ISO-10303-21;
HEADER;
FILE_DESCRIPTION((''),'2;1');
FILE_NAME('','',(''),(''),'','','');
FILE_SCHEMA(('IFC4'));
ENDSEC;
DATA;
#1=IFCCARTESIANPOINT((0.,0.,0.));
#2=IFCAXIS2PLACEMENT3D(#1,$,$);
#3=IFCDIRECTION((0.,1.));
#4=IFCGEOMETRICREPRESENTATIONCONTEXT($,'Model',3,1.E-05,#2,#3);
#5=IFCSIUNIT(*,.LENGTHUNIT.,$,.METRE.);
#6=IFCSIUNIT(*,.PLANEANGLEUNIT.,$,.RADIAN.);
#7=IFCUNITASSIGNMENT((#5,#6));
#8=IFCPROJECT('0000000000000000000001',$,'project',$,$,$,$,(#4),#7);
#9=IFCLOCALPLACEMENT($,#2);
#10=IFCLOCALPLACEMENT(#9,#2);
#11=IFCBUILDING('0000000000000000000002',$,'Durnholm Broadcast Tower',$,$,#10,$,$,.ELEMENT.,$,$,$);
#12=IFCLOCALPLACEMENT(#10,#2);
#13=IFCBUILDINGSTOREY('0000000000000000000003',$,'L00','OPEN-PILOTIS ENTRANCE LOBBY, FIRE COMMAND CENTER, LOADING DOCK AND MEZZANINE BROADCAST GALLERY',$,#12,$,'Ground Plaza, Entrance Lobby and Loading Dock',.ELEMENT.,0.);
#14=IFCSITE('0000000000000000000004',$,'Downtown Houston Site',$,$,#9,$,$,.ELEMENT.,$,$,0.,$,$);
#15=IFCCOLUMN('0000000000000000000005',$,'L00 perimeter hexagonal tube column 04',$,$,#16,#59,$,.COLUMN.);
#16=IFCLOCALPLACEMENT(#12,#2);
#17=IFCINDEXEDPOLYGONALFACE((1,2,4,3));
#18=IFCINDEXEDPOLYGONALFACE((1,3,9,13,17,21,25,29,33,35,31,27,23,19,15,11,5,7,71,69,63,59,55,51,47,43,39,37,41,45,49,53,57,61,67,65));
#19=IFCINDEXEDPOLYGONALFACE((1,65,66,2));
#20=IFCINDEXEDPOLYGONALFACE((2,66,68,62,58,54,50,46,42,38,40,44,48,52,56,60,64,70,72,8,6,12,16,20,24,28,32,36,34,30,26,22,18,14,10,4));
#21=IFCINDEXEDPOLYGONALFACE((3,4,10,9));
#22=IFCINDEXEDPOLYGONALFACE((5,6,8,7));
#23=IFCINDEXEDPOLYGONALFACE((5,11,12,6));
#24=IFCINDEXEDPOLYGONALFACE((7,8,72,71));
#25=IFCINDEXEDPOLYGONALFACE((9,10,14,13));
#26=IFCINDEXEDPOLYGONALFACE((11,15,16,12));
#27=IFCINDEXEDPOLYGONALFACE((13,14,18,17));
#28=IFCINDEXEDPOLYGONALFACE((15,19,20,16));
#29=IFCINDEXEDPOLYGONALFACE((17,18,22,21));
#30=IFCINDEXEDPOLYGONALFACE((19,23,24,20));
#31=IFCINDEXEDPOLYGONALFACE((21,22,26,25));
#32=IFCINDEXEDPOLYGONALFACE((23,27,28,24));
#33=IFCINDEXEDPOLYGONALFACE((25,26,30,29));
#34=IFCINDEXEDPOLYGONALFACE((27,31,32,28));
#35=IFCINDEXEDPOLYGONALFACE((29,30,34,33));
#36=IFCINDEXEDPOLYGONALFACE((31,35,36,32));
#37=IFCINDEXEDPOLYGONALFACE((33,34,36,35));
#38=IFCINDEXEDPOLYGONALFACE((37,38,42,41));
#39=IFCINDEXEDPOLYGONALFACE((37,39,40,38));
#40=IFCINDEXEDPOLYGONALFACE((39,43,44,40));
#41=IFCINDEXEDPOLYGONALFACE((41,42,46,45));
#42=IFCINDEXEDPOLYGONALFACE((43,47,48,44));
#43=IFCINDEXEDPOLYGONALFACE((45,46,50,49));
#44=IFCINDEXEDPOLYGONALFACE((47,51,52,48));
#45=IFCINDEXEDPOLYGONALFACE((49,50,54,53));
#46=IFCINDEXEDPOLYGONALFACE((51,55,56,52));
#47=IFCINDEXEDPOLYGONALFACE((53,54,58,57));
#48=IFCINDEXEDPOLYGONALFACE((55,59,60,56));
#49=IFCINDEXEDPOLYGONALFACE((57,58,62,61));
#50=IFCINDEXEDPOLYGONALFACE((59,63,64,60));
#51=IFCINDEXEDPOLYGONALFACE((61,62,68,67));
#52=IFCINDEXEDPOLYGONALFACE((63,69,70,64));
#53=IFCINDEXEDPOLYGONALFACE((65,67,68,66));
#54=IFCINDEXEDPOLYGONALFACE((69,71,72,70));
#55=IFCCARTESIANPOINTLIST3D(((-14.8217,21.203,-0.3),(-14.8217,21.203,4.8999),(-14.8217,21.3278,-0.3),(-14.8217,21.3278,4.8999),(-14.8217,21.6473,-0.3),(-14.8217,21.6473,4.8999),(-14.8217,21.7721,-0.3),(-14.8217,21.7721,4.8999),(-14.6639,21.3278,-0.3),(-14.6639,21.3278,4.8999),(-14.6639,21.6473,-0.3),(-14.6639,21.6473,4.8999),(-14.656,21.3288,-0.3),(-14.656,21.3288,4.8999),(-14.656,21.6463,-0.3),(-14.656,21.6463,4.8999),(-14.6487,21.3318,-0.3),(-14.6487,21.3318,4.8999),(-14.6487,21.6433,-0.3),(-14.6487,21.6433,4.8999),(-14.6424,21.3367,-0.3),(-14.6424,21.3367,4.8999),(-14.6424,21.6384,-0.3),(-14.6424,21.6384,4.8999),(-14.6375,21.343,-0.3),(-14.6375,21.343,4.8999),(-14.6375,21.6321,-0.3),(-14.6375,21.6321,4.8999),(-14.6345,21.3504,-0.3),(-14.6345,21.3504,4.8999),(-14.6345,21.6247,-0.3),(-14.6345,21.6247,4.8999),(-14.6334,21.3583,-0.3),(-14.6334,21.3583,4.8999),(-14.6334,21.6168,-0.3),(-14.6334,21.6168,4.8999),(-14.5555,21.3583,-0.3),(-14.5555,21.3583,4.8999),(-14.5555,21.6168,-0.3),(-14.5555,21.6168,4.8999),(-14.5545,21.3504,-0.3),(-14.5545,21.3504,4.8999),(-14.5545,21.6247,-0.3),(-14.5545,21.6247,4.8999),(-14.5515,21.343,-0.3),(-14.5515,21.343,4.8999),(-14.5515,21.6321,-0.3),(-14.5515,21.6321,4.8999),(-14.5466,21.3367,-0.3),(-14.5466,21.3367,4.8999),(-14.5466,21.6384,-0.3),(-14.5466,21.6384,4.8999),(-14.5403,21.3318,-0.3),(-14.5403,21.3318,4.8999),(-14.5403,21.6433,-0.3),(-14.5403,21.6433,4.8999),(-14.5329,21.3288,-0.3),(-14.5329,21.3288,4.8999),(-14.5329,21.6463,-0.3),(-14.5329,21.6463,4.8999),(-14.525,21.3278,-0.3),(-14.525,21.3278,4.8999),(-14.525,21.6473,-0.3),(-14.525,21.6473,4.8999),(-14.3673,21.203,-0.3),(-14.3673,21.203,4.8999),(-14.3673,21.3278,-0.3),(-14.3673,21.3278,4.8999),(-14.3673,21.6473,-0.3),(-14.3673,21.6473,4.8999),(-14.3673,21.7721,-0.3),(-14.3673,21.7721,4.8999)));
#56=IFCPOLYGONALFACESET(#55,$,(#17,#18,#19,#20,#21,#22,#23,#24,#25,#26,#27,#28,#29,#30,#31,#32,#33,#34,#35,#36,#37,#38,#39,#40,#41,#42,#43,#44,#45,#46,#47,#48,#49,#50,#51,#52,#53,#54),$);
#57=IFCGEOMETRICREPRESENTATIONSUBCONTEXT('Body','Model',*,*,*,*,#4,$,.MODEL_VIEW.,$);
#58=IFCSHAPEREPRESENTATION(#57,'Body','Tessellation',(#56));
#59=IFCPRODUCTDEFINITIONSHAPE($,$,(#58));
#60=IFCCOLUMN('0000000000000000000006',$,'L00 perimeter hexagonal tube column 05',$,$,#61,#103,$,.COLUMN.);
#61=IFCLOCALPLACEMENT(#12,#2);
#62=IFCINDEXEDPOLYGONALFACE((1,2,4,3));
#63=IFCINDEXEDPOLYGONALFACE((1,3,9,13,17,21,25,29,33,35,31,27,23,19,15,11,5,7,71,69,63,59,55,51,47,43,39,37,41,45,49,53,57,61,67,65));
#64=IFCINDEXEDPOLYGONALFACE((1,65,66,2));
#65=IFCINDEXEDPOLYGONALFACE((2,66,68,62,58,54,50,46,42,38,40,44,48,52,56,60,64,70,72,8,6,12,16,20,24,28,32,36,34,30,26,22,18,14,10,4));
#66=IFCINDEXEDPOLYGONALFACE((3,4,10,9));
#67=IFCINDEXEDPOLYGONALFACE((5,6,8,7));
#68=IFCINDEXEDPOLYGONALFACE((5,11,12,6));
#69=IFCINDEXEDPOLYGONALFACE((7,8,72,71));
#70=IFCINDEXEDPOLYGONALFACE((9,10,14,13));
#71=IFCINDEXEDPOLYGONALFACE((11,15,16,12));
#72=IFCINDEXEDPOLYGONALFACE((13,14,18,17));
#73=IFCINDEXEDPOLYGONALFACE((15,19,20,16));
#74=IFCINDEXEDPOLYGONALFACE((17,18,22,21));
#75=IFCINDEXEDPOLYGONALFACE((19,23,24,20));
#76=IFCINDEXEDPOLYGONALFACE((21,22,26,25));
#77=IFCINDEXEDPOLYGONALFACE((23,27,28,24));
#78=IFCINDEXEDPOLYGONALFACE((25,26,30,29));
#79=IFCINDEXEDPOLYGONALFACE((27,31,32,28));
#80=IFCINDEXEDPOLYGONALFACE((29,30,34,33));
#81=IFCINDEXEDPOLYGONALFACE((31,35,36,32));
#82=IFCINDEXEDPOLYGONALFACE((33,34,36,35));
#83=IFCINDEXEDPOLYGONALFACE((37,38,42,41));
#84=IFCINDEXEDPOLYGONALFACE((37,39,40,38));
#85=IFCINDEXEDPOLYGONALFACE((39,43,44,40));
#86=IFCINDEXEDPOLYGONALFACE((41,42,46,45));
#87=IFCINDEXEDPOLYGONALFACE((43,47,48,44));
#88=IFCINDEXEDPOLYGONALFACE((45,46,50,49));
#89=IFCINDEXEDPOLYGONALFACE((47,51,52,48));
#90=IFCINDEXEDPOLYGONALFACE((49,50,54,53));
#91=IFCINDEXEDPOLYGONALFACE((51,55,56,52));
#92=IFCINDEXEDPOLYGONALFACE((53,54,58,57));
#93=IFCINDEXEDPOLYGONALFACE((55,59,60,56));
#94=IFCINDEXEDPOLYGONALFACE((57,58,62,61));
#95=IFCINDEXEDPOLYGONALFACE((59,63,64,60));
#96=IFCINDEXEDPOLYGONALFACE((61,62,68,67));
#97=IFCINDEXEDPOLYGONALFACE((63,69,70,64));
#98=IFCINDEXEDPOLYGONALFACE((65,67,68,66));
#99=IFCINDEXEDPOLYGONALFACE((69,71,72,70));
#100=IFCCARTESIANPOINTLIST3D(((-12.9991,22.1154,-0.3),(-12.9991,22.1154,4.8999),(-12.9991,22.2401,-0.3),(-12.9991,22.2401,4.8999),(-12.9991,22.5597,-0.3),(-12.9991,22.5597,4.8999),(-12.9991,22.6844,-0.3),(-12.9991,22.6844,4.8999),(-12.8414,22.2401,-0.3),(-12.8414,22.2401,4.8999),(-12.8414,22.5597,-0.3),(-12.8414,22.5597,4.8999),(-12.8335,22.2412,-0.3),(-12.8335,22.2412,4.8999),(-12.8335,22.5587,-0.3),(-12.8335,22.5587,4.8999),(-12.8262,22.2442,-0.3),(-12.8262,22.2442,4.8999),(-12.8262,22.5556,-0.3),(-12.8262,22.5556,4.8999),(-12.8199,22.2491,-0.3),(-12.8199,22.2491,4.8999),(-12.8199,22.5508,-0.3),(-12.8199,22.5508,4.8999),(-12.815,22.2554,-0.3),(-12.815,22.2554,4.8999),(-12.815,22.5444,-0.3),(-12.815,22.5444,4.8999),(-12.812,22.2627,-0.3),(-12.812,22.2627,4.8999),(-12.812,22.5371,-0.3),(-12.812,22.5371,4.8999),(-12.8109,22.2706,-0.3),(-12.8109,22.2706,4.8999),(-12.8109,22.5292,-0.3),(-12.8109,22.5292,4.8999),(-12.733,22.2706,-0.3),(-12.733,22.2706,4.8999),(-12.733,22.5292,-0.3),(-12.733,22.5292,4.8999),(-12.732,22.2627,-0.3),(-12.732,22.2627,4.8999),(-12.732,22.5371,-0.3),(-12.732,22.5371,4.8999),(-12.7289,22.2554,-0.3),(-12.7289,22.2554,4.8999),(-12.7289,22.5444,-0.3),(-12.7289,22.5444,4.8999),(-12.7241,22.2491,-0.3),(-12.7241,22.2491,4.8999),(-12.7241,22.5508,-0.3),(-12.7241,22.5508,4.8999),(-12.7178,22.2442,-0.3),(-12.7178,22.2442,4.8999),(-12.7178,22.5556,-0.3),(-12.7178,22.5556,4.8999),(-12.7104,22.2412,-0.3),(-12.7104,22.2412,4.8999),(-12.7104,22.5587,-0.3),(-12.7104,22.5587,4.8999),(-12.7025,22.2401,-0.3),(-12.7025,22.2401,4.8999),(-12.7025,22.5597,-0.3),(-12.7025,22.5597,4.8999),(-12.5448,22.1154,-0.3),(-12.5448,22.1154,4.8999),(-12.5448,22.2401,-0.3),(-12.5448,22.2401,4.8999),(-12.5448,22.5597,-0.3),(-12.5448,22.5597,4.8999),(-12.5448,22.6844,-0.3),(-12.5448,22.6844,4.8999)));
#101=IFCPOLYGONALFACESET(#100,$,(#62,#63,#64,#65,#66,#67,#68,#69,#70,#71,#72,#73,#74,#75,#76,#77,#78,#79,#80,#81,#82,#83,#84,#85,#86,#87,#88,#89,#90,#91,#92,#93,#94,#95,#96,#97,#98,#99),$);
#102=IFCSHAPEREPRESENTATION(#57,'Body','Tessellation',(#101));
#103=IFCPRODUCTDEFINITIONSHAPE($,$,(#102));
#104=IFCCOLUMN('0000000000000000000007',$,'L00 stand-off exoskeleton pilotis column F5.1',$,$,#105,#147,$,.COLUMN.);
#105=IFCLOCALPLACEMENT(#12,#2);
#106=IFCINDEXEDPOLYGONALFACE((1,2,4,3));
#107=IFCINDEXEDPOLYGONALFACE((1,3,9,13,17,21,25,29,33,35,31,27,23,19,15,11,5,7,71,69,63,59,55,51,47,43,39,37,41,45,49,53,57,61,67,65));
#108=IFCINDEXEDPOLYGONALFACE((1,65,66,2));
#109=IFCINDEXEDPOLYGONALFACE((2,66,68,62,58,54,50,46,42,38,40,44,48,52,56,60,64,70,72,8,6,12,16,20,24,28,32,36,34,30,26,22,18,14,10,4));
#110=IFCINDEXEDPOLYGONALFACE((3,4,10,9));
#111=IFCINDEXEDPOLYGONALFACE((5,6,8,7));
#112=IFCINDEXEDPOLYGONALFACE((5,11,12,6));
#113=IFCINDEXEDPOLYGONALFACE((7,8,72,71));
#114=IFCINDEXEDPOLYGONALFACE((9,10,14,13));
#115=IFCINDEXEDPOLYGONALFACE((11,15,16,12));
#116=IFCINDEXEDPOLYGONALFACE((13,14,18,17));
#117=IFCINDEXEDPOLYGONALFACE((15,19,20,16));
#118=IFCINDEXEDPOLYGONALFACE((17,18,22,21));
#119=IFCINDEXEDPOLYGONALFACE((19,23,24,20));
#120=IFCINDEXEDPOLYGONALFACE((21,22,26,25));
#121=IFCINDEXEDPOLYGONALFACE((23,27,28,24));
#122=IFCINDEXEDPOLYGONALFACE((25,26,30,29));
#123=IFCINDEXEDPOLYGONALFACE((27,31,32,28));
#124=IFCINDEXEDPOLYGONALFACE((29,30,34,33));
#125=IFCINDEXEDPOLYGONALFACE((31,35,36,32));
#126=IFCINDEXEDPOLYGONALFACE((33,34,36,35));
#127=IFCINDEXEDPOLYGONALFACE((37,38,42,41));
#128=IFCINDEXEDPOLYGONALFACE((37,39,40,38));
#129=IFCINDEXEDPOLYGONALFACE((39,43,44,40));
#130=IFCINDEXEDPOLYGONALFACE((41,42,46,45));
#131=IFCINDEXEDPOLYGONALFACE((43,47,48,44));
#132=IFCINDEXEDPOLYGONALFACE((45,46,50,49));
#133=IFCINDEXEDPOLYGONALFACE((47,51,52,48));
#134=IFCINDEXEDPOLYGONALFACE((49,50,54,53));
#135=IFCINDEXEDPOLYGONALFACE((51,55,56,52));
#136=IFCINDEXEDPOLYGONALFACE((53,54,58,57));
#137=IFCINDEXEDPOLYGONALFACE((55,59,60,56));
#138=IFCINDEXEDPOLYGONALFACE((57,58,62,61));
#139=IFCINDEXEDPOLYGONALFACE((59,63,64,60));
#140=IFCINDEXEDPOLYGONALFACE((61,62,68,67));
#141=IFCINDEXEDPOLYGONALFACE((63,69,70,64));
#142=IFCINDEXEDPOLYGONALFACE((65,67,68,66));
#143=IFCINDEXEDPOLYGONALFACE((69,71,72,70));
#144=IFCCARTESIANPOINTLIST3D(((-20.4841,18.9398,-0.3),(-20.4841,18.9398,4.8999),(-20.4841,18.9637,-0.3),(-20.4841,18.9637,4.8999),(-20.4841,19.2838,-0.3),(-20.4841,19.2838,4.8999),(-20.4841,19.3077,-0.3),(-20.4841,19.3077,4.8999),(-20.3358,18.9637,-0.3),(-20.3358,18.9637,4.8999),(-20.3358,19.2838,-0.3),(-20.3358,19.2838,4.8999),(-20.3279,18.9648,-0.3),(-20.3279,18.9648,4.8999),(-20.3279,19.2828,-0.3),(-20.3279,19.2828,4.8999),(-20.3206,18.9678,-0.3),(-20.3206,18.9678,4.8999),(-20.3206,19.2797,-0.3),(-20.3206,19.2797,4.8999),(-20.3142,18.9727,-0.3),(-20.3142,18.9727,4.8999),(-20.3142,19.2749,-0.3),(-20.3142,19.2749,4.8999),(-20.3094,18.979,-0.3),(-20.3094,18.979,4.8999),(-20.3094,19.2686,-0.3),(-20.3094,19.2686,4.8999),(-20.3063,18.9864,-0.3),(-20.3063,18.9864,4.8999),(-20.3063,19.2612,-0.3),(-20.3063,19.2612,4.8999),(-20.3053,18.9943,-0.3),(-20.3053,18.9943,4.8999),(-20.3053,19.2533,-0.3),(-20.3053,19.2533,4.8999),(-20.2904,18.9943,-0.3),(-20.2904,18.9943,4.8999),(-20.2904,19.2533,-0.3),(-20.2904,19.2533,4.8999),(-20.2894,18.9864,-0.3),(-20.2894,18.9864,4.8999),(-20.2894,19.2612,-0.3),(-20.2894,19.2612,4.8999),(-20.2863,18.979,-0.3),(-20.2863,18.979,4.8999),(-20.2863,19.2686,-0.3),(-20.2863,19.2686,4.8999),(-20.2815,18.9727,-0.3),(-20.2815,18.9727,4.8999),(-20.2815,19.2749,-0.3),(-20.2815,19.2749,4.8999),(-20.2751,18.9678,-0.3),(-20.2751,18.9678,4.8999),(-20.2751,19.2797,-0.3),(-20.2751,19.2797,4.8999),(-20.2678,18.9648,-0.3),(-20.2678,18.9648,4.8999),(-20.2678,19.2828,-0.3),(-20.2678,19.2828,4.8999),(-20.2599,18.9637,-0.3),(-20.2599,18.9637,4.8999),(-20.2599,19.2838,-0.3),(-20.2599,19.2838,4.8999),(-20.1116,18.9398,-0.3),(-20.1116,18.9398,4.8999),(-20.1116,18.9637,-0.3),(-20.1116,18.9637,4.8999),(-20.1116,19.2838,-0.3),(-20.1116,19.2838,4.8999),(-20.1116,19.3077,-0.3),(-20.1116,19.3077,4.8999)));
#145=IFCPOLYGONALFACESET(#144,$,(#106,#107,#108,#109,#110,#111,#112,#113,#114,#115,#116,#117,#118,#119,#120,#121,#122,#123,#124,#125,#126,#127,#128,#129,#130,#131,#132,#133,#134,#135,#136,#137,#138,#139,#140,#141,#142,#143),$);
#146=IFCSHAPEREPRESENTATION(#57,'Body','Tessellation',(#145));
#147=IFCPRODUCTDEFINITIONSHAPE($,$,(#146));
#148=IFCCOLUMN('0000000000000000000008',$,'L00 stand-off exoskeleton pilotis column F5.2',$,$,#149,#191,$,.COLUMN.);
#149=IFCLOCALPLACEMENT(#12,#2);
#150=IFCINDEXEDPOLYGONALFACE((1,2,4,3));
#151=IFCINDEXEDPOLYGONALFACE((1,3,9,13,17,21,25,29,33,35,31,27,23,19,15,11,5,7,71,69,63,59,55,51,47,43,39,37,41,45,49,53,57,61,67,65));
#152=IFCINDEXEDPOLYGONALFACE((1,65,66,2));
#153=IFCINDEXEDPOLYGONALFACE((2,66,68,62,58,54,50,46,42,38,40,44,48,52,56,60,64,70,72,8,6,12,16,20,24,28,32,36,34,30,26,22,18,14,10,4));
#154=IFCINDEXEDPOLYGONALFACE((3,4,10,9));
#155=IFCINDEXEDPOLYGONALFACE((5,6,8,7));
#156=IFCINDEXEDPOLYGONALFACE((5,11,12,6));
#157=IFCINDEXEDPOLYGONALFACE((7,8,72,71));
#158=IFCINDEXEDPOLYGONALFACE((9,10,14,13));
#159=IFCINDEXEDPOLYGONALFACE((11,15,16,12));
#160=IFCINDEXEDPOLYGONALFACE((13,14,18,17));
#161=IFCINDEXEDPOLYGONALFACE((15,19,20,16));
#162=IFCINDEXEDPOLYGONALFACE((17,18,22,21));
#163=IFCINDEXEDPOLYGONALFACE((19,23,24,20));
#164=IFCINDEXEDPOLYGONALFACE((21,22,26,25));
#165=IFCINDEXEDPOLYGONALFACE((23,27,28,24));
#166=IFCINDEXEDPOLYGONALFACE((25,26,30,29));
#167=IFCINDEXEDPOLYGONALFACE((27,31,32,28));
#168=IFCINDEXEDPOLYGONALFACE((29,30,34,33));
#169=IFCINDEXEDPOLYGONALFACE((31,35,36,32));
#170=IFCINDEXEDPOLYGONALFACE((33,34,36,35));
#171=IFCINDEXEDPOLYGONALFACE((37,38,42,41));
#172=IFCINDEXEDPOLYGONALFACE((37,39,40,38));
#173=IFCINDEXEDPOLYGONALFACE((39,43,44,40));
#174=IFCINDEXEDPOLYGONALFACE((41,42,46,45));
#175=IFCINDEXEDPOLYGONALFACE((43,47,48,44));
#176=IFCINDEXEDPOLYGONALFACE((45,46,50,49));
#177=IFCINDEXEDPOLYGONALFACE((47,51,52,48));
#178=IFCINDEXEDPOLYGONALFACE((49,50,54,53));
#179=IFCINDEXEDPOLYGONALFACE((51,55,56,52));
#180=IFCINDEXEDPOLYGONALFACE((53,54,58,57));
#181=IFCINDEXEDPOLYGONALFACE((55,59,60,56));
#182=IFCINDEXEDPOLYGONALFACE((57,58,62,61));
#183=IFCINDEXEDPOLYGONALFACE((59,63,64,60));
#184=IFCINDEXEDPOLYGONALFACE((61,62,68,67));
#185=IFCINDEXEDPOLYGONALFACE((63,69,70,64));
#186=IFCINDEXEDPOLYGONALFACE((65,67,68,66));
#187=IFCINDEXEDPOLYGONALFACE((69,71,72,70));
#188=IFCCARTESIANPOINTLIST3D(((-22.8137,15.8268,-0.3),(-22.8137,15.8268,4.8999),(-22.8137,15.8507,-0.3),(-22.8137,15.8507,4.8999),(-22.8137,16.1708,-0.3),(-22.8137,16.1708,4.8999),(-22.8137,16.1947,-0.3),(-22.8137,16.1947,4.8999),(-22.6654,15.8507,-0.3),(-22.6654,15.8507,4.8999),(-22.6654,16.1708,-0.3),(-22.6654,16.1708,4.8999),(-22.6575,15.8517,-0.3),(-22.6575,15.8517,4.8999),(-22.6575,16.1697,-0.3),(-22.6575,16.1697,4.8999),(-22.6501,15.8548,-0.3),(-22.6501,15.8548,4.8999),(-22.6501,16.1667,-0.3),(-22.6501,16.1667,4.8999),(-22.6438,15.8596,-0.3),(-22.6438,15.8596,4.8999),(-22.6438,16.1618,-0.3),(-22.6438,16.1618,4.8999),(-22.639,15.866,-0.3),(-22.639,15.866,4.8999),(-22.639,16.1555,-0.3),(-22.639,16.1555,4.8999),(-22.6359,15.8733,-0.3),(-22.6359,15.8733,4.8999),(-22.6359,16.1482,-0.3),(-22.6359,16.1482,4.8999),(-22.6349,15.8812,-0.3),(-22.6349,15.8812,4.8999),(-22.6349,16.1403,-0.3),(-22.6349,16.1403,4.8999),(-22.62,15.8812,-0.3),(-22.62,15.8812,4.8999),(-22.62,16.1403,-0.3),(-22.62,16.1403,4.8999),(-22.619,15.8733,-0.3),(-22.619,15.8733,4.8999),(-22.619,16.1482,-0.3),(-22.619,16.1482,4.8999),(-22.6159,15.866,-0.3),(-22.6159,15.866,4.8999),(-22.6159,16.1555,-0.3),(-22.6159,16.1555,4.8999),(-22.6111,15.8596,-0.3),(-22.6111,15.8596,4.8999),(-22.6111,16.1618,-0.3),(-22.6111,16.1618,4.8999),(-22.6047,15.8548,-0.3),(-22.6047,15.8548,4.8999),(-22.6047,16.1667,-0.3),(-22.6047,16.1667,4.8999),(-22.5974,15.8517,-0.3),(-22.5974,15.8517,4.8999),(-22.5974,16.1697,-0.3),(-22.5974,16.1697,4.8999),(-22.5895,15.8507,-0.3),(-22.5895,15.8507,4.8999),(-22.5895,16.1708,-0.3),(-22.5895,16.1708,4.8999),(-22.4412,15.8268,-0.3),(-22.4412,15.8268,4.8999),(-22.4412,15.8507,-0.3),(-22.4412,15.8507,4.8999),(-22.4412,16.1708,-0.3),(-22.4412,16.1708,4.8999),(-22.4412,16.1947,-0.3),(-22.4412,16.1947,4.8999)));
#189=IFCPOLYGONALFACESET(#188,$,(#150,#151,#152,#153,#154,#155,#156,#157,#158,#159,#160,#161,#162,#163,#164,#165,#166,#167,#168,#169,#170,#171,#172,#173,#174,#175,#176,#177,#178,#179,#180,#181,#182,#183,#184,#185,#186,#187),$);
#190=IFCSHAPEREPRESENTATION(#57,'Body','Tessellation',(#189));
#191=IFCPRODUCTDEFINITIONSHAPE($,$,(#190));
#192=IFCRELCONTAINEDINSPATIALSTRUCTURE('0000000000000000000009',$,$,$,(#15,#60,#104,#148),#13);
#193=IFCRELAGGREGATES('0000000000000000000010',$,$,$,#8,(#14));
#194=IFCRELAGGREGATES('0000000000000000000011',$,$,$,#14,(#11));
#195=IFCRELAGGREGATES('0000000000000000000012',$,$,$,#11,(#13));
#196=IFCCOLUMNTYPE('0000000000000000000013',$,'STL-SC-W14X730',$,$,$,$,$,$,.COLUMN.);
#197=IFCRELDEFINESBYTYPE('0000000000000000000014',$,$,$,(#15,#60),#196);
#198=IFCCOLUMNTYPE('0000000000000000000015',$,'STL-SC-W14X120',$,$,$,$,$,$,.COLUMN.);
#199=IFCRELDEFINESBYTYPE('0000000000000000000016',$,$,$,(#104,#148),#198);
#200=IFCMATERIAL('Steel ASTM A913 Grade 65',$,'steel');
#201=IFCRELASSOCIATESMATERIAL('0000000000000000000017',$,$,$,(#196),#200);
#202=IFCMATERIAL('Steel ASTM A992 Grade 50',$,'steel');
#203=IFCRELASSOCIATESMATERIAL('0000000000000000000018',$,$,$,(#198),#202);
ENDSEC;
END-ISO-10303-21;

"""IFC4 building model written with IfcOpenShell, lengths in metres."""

from ifc_helpers import new_model, si_unit, direction, frame, origin, origin_2d, place, context, subcontext, project, spatial, i_section, extrude, source, transform, mapped, material, material_profile, profile_set, type_object, type_shapes, element, save


model = new_model("IFC4")

# Units and contexts
model_context = context("Model", 3, precision=1e-05, world=origin(), true_north=direction((0.0, 1.0)))
body_context = subcontext(model_context, "Body", "Model", "MODEL_VIEW")
ifc_project = project(units=[si_unit("LENGTHUNIT", "METRE"), si_unit("PLANEANGLEUNIT", "RADIAN")], contexts=[model_context])

# Site, building, storey
site_placement = place(None, origin())
site = spatial("IfcSite", under=ifc_project, at=site_placement, Name="Downtown Houston Site", CompositionType="ELEMENT", RefElevation=0.0)
building_placement = place(site_placement, origin())
building = spatial("IfcBuilding", under=site, at=building_placement, Name="Durnholm Broadcast Tower", CompositionType="ELEMENT")
storey_placement = place(building_placement, origin())
storey = spatial("IfcBuildingStorey", under=building, at=storey_placement, Name="L00", Description="OPEN-PILOTIS ENTRANCE LOBBY, FIRE COMMAND CENTER, LOADING DOCK AND MEZZANINE BROADCAST GALLERY", LongName="Ground Plaza, Entrance Lobby and Loading Dock", CompositionType="ELEMENT", Elevation=0.0)

# Columns
ifc_material_1 = material(Name="Steel ASTM A913 Grade 65", Category="steel")
ifc_material_profile_1 = material_profile(ifc_material_1, i_section(OverallWidth=0.4543, OverallDepth=0.5691, WebThickness=0.0779, FlangeThickness=0.1248, FilletRadius=0.0305, at=origin_2d()), Name="W14X730")
ifc_profile_set_1 = profile_set([ifc_material_profile_1], Name="Steel ASTM A913 Grade 65")
column_type_1 = type_object("IfcColumnType", Name="STL-SC-W14X730", PredefinedType="COLUMN", material=ifc_profile_set_1)
shared_shape_1 = source(origin(), body_context, "Body", "SweptSolid", [
    extrude(i_section(OverallWidth=0.4543, OverallDepth=0.5691, WebThickness=0.0779, FlangeThickness=0.1248, FilletRadius=0.0305, at=origin_2d()), origin(), (0.0, 0.0, 1.0), 5.2),
])
type_shapes(column_type_1, [shared_shape_1])
for number, where, z_axis, x_axis, name in (
    (1, (-14.5945, 21.4875, -0.3), (0.0, 0.0, 1.0), (1.0, 0.0, 0.0), "L00 perimeter hexagonal tube column 04"),
    (2, (-12.772, 22.3999, -0.3), (0.0, 0.0, 1.0), (1.0, 0.0, 0.0), "L00 perimeter hexagonal tube column 05"),
):
    element("IfcColumn", number, at=place(storey_placement, frame(where, z_axis=z_axis, x_axis=x_axis)), inside=storey, type_object=column_type_1, Name=name, PredefinedType="COLUMN", context=body_context, shape_type="MappedRepresentation", body=[
        mapped(shared_shape_1, transform((0.0, 0.0, 0.0), x_axis=(1.0, 0.0, 0.0), y_axis=(0.0, 1.0, 0.0), z_axis=(0.0, 0.0, 1.0), scale=1.0)),
    ])
ifc_material_2 = material(Name="Steel ASTM A992 Grade 50", Category="steel")
ifc_material_profile_2 = material_profile(ifc_material_2, i_section(OverallWidth=0.3726, OverallDepth=0.3679, WebThickness=0.0149, FlangeThickness=0.0239, FilletRadius=0.0305, at=origin_2d()), Name="W14X120")
ifc_profile_set_2 = profile_set([ifc_material_profile_2], Name="Steel ASTM A992 Grade 50")
column_type_2 = type_object("IfcColumnType", Name="STL-SC-W14X120", PredefinedType="COLUMN", material=ifc_profile_set_2)
shared_shape_2 = source(origin(), body_context, "Body", "SweptSolid", [
    extrude(i_section(OverallWidth=0.3726, OverallDepth=0.3679, WebThickness=0.0149, FlangeThickness=0.0239, FilletRadius=0.0305, at=origin_2d()), origin(), (0.0, 0.0, 1.0), 5.2),
])
type_shapes(column_type_2, [shared_shape_2])
for number, where, z_axis, x_axis, name in (
    (3, (-20.2979, 19.1238, -0.3), (0.0, 0.0, 1.0), (1.0, 0.0, 0.0), "L00 stand-off exoskeleton pilotis column F5.1"),
    (4, (-22.6274, 16.0107, -0.3), (0.0, 0.0, 1.0), (1.0, 0.0, 0.0), "L00 stand-off exoskeleton pilotis column F5.2"),
):
    element("IfcColumn", number, at=place(storey_placement, frame(where, z_axis=z_axis, x_axis=x_axis)), inside=storey, type_object=column_type_2, Name=name, PredefinedType="COLUMN", context=body_context, shape_type="MappedRepresentation", body=[
        mapped(shared_shape_2, transform((0.0, 0.0, 0.0), x_axis=(1.0, 0.0, 0.0), y_axis=(0.0, 1.0, 0.0), z_axis=(0.0, 0.0, 1.0), scale=1.0)),
    ])

save(model, "model.ifc")
